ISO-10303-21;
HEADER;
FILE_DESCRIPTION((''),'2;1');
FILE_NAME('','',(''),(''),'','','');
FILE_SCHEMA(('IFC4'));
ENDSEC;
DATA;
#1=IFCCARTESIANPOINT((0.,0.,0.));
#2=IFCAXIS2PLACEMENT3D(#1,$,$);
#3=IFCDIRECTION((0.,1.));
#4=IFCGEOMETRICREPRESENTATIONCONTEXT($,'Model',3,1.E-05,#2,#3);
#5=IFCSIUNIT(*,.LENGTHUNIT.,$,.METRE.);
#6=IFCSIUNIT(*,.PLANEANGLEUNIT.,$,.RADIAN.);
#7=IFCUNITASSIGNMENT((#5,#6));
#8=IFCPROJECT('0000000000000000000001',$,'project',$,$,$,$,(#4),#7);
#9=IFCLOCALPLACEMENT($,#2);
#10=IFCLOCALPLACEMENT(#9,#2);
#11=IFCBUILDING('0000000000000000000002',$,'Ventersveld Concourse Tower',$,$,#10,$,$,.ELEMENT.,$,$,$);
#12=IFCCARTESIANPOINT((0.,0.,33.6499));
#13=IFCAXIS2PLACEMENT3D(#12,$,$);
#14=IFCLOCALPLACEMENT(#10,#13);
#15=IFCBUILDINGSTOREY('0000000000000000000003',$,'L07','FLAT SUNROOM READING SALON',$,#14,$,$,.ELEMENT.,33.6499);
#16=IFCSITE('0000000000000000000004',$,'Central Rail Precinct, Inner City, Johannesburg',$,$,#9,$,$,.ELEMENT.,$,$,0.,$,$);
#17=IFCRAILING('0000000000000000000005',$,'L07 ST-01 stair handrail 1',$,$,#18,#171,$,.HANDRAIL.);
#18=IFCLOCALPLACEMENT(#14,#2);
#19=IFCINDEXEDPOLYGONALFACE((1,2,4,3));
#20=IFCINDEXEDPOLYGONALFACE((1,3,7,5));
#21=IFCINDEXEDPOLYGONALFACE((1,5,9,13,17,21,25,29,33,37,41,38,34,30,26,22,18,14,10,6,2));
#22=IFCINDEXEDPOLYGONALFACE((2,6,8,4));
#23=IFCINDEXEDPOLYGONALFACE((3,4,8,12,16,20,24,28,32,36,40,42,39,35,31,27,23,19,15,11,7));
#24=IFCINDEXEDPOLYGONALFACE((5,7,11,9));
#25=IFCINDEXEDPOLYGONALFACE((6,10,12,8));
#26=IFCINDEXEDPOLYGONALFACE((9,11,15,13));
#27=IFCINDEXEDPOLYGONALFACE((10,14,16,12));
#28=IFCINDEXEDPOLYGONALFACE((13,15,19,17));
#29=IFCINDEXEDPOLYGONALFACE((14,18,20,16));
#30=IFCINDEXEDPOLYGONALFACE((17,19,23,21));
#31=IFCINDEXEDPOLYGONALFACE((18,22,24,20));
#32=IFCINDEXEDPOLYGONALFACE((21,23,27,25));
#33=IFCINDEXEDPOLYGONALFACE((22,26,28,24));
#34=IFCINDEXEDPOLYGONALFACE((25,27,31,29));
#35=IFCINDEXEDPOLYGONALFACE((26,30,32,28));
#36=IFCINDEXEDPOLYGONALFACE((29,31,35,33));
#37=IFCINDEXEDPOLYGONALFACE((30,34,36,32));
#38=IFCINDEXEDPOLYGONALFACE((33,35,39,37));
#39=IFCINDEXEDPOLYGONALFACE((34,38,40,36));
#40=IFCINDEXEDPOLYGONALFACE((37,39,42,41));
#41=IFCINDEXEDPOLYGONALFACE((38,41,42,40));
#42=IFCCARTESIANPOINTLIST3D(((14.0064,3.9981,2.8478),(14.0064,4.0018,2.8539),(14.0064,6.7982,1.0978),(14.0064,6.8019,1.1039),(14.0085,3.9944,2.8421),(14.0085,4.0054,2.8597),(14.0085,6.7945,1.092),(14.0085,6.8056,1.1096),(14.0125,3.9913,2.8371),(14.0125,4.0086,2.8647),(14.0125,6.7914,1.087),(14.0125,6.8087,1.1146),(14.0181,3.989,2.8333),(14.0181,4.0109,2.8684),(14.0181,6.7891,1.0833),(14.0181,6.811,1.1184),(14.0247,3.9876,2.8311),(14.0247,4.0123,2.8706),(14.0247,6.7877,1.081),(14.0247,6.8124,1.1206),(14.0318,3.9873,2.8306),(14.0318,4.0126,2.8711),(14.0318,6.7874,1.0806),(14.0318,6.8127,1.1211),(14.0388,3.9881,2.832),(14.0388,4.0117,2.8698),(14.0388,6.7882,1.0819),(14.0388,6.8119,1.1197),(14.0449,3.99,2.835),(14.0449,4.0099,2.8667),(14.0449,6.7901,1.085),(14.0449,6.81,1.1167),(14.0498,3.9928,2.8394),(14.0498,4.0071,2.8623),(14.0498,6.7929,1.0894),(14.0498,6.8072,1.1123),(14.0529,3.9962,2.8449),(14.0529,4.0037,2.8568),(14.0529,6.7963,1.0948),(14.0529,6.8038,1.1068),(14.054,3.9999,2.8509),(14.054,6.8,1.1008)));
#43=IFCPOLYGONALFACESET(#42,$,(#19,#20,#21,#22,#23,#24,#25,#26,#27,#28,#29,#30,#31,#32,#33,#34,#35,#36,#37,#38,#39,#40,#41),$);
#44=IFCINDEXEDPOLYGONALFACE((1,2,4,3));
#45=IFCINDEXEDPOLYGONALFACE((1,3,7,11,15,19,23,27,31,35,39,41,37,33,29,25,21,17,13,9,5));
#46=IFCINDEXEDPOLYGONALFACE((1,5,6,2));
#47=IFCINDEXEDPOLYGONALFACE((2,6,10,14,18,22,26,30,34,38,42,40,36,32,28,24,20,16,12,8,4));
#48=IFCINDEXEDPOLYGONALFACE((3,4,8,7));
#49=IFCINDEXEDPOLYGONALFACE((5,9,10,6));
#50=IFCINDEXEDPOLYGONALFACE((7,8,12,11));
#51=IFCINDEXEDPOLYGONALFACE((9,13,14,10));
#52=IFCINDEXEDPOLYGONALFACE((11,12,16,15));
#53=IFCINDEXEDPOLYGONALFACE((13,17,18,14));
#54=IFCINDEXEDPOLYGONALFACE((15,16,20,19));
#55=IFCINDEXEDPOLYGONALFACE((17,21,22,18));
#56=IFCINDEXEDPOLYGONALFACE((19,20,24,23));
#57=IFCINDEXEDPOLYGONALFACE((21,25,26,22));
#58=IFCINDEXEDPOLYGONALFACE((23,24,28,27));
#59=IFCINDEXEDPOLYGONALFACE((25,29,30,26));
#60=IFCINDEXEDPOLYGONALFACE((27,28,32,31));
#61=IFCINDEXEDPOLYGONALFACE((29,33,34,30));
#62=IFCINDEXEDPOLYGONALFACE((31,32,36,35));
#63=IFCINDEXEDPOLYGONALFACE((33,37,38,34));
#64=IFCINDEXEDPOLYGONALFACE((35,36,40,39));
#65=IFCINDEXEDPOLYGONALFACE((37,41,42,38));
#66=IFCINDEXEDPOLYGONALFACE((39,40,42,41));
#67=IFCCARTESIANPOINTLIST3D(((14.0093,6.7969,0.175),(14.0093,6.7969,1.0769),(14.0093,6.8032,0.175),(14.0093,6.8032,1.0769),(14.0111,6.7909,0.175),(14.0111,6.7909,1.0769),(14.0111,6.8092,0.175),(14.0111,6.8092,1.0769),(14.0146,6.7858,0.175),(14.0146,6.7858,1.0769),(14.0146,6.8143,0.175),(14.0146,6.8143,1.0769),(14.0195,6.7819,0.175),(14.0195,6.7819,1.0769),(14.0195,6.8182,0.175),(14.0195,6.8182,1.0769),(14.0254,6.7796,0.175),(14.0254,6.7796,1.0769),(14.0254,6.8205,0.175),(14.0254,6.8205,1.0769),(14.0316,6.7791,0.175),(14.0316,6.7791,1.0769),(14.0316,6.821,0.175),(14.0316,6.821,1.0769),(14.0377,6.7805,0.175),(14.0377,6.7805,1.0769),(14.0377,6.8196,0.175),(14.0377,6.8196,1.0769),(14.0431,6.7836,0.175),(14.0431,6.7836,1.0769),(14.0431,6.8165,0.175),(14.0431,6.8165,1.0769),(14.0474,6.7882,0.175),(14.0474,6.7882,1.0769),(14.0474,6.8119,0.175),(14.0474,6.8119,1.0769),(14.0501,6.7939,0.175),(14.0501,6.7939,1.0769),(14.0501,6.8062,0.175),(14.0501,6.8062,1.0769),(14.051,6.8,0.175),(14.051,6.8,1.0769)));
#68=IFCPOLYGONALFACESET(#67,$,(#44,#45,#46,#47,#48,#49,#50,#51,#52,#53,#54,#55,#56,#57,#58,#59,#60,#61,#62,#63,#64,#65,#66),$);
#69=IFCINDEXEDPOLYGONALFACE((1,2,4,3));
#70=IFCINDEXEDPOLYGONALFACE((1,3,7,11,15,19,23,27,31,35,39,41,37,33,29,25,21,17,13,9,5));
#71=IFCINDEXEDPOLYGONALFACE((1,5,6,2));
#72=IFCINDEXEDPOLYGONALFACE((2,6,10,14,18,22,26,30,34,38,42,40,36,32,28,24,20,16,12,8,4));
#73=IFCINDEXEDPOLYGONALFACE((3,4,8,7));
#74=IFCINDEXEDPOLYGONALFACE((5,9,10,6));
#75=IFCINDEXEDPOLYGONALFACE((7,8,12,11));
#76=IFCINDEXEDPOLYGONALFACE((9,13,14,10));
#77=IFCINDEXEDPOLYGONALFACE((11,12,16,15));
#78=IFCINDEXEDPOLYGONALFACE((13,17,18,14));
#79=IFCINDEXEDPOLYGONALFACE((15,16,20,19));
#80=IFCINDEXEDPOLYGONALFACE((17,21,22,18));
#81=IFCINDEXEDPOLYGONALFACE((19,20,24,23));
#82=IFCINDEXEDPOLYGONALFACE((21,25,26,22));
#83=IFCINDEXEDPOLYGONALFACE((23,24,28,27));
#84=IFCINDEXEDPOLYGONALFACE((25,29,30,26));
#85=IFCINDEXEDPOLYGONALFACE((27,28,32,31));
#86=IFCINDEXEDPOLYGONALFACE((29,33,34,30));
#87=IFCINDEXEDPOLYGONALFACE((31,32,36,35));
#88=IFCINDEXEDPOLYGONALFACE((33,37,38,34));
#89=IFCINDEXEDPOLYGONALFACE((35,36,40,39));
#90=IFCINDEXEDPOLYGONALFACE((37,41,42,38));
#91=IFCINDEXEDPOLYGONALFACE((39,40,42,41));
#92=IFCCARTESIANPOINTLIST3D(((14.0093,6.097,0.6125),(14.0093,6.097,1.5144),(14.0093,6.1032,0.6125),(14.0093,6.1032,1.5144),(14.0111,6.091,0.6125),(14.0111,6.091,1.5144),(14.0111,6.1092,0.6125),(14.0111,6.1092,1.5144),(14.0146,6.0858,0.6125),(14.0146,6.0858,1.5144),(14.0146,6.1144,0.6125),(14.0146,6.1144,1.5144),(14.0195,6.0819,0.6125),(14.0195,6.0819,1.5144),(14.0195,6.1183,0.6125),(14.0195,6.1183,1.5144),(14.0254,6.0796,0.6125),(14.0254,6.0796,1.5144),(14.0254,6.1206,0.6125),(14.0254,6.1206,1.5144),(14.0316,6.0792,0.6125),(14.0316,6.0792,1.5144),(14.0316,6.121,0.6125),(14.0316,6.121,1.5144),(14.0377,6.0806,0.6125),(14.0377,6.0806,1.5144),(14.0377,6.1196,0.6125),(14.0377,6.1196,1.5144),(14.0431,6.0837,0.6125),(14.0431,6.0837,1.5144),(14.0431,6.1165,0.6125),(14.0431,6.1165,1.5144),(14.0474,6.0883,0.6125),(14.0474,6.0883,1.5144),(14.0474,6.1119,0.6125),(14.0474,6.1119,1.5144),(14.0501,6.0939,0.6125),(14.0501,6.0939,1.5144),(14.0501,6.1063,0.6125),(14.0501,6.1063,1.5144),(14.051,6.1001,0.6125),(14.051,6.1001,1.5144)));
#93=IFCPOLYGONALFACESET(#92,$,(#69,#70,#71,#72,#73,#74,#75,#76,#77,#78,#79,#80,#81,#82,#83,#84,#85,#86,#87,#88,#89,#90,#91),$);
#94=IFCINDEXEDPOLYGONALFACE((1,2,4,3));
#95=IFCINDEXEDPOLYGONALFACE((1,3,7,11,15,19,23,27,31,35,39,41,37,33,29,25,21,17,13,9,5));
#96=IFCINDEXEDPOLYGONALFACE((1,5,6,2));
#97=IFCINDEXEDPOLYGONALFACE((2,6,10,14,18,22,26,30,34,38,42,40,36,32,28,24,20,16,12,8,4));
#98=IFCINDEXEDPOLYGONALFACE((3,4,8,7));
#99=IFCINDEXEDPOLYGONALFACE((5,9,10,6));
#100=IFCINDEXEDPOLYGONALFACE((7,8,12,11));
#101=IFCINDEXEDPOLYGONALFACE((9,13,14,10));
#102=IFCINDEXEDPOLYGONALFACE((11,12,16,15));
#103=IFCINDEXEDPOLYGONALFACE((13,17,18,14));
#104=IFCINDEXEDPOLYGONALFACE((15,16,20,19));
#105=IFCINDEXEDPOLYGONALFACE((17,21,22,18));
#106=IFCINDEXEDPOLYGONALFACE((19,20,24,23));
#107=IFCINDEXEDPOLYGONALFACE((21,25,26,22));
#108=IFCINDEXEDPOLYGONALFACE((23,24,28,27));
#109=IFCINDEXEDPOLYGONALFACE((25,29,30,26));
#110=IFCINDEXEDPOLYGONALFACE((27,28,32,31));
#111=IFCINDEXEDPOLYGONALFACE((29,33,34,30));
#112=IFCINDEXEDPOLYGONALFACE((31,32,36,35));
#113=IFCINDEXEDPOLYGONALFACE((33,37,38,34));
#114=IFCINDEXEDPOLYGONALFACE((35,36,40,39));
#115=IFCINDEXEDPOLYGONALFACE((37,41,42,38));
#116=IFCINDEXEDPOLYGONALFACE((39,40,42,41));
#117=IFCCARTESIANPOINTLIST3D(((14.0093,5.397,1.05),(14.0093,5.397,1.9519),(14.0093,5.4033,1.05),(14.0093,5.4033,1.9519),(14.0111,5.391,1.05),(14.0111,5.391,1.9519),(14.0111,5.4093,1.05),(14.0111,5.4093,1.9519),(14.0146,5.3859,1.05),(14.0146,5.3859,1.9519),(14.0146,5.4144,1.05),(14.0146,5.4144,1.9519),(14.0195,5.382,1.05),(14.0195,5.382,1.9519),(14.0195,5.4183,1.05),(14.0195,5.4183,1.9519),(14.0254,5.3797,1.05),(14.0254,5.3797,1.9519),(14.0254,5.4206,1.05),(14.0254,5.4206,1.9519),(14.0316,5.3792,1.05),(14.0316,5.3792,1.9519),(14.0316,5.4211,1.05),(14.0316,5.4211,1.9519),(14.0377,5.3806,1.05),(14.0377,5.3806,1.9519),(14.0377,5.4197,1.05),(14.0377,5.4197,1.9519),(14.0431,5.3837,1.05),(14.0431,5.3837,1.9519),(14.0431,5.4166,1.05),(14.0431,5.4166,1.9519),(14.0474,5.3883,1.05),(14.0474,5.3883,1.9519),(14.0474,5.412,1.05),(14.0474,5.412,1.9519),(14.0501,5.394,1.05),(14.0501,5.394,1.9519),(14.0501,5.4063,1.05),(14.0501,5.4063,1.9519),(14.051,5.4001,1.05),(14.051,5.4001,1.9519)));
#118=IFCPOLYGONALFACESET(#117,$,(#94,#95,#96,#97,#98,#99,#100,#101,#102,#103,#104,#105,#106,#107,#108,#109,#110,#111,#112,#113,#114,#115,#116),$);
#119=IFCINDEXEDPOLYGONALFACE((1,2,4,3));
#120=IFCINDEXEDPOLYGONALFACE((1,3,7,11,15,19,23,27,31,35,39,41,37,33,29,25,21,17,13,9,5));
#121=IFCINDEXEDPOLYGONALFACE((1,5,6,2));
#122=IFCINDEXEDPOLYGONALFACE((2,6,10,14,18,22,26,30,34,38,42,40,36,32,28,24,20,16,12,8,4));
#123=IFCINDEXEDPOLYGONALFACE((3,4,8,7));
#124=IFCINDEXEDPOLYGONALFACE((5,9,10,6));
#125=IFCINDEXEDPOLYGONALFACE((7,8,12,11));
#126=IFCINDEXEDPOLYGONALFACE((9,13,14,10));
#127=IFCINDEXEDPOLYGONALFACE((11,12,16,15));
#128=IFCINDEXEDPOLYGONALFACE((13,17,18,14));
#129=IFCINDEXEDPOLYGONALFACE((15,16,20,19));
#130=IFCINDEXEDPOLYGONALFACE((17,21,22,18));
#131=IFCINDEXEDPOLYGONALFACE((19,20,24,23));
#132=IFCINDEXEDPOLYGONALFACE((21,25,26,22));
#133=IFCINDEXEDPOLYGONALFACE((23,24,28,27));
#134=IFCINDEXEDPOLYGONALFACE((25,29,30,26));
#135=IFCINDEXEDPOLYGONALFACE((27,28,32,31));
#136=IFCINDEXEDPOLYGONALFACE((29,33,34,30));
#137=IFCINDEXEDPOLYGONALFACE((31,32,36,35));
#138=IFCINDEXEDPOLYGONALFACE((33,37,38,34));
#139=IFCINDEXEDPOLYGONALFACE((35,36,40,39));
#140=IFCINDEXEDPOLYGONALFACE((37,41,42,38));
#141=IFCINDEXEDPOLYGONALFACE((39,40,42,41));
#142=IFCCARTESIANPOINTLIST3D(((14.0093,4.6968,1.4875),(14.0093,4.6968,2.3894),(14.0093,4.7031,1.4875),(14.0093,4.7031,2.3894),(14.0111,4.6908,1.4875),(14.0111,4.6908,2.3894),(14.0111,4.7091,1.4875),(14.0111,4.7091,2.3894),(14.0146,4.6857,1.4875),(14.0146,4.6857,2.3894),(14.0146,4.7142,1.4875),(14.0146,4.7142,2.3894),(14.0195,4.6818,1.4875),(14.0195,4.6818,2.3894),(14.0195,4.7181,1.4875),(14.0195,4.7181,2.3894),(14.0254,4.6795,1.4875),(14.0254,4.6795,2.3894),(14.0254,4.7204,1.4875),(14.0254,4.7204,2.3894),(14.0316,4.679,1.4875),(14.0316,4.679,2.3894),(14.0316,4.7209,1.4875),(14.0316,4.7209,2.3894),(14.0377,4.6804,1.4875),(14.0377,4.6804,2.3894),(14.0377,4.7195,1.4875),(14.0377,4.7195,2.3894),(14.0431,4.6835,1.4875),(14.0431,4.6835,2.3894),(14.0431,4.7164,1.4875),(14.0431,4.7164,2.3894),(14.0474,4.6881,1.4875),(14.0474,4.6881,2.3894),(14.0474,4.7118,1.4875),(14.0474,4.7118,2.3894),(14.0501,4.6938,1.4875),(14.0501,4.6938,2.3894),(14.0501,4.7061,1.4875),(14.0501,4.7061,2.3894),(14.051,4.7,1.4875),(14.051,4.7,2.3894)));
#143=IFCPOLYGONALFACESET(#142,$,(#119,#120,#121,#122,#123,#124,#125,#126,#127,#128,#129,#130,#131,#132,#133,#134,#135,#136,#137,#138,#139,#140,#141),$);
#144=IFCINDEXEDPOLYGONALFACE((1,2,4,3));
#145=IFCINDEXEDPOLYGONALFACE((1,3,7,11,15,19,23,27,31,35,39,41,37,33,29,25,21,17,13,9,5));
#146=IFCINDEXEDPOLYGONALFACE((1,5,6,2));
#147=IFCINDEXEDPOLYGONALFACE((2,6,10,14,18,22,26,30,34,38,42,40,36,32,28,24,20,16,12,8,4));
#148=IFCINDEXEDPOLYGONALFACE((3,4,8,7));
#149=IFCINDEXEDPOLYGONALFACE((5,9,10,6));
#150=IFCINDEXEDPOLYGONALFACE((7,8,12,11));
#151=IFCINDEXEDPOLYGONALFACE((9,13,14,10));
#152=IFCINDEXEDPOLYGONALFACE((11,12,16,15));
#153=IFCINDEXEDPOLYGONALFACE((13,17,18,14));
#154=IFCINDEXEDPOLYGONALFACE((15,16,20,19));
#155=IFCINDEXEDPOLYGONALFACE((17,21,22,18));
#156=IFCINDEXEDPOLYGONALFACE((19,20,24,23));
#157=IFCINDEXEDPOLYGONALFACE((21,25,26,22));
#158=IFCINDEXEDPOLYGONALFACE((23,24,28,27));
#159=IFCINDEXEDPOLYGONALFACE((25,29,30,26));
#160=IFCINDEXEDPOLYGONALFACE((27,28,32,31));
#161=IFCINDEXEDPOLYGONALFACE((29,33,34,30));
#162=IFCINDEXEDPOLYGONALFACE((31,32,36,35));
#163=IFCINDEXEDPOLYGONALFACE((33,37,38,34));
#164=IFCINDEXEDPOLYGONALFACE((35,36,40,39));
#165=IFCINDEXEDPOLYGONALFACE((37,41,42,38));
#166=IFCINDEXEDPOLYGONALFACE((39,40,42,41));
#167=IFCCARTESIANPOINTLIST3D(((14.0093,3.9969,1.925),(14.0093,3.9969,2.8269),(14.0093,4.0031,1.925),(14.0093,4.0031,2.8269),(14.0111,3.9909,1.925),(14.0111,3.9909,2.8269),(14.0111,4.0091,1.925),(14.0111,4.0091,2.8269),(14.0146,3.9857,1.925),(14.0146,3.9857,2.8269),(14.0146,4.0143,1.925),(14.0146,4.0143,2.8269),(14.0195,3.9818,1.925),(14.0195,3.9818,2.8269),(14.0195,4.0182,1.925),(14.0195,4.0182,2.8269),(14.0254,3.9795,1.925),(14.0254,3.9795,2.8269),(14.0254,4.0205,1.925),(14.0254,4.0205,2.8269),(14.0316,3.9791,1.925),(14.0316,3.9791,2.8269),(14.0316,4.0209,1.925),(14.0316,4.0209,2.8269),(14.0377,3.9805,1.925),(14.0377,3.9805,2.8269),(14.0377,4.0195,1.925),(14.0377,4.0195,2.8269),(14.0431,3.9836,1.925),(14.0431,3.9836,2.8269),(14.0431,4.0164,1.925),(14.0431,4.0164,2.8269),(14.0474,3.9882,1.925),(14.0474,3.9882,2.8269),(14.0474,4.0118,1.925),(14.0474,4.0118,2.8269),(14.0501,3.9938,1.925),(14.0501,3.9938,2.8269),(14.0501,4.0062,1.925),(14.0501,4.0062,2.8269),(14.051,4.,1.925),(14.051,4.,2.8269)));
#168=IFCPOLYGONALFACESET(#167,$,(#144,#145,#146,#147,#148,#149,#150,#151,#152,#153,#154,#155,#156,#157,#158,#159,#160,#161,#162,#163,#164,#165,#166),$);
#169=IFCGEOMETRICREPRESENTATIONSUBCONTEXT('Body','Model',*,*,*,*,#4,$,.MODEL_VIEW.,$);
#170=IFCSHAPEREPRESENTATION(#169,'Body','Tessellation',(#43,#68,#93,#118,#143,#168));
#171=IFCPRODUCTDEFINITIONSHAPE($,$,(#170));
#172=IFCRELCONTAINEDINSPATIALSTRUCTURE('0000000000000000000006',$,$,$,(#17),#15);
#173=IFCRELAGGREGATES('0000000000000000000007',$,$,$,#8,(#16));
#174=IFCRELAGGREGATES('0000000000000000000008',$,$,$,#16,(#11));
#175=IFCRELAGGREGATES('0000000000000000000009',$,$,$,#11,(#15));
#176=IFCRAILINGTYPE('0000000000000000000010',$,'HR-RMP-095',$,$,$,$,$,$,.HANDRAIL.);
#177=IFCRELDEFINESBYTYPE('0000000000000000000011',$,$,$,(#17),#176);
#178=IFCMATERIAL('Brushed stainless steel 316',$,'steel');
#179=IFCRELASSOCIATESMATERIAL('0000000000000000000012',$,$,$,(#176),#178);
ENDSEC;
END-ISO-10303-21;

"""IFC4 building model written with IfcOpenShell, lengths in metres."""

from ifc_helpers import new_model, si_unit, direction, frame, origin, origin_2d, place, context, subcontext, project, spatial, circle, extrude, material, type_object, element, save


model = new_model("IFC4")

# Units and contexts
model_context = context("Model", 3, precision=1e-05, world=origin(), true_north=direction((0.0, 1.0)))
body_context = subcontext(model_context, "Body", "Model", "MODEL_VIEW")
ifc_project = project(units=[si_unit("LENGTHUNIT", "METRE"), si_unit("PLANEANGLEUNIT", "RADIAN")], contexts=[model_context])

# Site, building, storey
site_placement = place(None, origin())
site = spatial("IfcSite", under=ifc_project, at=site_placement, Name="Central Rail Precinct, Inner City, Johannesburg", CompositionType="ELEMENT", RefElevation=0.0)
building_placement = place(site_placement, origin())
building = spatial("IfcBuilding", under=site, at=building_placement, Name="Ventersveld Concourse Tower", CompositionType="ELEMENT")
storey_placement = place(building_placement, frame((0.0, 0.0, 33.6499)))
storey = spatial("IfcBuildingStorey", under=building, at=storey_placement, Name="L07", Description="FLAT SUNROOM READING SALON", CompositionType="ELEMENT", Elevation=33.6499)

# Railing
ifc_material_1 = material(Name="Brushed stainless steel 316", Category="steel")
railing_type_1 = type_object("IfcRailingType", Name="HR-RMP-095", PredefinedType="HANDRAIL", material=ifc_material_1)
railing_1_placement = place(storey_placement, frame((14.03, 6.8, 0.175)))
element("IfcRailing", 1, at=railing_1_placement, inside=storey, type_object=railing_type_1, Name="L07 ST-01 stair handrail 1", PredefinedType="HANDRAIL", context=body_context, shape_type="SweptSolid", body=[
    extrude(circle(Radius=0.0239, at=origin_2d()), frame((0.0, 0.0, 0.9258), z_axis=(0.0, -0.848002, 0.529992), x_axis=(1.0, 0.0, 0.0)), (0.0, 0.0, 1.0), 3.302),
    extrude(circle(Radius=0.021, at=origin_2d()), origin(), (0.0, 0.0, 1.0), 0.9019),
    extrude(circle(Radius=0.021, at=origin_2d()), frame((0.0, -0.7, 0.4375)), (0.0, 0.0, 1.0), 0.9019),
    extrude(circle(Radius=0.021, at=origin_2d()), frame((0.0, -1.3999, 0.875)), (0.0, 0.0, 1.0), 0.9019),
    extrude(circle(Radius=0.021, at=origin_2d()), frame((0.0, -2.1001, 1.3125)), (0.0, 0.0, 1.0), 0.9019),
    extrude(circle(Radius=0.021, at=origin_2d()), frame((0.0, -2.8, 1.75)), (0.0, 0.0, 1.0), 0.9019),
])

save(model, "model.ifc")
